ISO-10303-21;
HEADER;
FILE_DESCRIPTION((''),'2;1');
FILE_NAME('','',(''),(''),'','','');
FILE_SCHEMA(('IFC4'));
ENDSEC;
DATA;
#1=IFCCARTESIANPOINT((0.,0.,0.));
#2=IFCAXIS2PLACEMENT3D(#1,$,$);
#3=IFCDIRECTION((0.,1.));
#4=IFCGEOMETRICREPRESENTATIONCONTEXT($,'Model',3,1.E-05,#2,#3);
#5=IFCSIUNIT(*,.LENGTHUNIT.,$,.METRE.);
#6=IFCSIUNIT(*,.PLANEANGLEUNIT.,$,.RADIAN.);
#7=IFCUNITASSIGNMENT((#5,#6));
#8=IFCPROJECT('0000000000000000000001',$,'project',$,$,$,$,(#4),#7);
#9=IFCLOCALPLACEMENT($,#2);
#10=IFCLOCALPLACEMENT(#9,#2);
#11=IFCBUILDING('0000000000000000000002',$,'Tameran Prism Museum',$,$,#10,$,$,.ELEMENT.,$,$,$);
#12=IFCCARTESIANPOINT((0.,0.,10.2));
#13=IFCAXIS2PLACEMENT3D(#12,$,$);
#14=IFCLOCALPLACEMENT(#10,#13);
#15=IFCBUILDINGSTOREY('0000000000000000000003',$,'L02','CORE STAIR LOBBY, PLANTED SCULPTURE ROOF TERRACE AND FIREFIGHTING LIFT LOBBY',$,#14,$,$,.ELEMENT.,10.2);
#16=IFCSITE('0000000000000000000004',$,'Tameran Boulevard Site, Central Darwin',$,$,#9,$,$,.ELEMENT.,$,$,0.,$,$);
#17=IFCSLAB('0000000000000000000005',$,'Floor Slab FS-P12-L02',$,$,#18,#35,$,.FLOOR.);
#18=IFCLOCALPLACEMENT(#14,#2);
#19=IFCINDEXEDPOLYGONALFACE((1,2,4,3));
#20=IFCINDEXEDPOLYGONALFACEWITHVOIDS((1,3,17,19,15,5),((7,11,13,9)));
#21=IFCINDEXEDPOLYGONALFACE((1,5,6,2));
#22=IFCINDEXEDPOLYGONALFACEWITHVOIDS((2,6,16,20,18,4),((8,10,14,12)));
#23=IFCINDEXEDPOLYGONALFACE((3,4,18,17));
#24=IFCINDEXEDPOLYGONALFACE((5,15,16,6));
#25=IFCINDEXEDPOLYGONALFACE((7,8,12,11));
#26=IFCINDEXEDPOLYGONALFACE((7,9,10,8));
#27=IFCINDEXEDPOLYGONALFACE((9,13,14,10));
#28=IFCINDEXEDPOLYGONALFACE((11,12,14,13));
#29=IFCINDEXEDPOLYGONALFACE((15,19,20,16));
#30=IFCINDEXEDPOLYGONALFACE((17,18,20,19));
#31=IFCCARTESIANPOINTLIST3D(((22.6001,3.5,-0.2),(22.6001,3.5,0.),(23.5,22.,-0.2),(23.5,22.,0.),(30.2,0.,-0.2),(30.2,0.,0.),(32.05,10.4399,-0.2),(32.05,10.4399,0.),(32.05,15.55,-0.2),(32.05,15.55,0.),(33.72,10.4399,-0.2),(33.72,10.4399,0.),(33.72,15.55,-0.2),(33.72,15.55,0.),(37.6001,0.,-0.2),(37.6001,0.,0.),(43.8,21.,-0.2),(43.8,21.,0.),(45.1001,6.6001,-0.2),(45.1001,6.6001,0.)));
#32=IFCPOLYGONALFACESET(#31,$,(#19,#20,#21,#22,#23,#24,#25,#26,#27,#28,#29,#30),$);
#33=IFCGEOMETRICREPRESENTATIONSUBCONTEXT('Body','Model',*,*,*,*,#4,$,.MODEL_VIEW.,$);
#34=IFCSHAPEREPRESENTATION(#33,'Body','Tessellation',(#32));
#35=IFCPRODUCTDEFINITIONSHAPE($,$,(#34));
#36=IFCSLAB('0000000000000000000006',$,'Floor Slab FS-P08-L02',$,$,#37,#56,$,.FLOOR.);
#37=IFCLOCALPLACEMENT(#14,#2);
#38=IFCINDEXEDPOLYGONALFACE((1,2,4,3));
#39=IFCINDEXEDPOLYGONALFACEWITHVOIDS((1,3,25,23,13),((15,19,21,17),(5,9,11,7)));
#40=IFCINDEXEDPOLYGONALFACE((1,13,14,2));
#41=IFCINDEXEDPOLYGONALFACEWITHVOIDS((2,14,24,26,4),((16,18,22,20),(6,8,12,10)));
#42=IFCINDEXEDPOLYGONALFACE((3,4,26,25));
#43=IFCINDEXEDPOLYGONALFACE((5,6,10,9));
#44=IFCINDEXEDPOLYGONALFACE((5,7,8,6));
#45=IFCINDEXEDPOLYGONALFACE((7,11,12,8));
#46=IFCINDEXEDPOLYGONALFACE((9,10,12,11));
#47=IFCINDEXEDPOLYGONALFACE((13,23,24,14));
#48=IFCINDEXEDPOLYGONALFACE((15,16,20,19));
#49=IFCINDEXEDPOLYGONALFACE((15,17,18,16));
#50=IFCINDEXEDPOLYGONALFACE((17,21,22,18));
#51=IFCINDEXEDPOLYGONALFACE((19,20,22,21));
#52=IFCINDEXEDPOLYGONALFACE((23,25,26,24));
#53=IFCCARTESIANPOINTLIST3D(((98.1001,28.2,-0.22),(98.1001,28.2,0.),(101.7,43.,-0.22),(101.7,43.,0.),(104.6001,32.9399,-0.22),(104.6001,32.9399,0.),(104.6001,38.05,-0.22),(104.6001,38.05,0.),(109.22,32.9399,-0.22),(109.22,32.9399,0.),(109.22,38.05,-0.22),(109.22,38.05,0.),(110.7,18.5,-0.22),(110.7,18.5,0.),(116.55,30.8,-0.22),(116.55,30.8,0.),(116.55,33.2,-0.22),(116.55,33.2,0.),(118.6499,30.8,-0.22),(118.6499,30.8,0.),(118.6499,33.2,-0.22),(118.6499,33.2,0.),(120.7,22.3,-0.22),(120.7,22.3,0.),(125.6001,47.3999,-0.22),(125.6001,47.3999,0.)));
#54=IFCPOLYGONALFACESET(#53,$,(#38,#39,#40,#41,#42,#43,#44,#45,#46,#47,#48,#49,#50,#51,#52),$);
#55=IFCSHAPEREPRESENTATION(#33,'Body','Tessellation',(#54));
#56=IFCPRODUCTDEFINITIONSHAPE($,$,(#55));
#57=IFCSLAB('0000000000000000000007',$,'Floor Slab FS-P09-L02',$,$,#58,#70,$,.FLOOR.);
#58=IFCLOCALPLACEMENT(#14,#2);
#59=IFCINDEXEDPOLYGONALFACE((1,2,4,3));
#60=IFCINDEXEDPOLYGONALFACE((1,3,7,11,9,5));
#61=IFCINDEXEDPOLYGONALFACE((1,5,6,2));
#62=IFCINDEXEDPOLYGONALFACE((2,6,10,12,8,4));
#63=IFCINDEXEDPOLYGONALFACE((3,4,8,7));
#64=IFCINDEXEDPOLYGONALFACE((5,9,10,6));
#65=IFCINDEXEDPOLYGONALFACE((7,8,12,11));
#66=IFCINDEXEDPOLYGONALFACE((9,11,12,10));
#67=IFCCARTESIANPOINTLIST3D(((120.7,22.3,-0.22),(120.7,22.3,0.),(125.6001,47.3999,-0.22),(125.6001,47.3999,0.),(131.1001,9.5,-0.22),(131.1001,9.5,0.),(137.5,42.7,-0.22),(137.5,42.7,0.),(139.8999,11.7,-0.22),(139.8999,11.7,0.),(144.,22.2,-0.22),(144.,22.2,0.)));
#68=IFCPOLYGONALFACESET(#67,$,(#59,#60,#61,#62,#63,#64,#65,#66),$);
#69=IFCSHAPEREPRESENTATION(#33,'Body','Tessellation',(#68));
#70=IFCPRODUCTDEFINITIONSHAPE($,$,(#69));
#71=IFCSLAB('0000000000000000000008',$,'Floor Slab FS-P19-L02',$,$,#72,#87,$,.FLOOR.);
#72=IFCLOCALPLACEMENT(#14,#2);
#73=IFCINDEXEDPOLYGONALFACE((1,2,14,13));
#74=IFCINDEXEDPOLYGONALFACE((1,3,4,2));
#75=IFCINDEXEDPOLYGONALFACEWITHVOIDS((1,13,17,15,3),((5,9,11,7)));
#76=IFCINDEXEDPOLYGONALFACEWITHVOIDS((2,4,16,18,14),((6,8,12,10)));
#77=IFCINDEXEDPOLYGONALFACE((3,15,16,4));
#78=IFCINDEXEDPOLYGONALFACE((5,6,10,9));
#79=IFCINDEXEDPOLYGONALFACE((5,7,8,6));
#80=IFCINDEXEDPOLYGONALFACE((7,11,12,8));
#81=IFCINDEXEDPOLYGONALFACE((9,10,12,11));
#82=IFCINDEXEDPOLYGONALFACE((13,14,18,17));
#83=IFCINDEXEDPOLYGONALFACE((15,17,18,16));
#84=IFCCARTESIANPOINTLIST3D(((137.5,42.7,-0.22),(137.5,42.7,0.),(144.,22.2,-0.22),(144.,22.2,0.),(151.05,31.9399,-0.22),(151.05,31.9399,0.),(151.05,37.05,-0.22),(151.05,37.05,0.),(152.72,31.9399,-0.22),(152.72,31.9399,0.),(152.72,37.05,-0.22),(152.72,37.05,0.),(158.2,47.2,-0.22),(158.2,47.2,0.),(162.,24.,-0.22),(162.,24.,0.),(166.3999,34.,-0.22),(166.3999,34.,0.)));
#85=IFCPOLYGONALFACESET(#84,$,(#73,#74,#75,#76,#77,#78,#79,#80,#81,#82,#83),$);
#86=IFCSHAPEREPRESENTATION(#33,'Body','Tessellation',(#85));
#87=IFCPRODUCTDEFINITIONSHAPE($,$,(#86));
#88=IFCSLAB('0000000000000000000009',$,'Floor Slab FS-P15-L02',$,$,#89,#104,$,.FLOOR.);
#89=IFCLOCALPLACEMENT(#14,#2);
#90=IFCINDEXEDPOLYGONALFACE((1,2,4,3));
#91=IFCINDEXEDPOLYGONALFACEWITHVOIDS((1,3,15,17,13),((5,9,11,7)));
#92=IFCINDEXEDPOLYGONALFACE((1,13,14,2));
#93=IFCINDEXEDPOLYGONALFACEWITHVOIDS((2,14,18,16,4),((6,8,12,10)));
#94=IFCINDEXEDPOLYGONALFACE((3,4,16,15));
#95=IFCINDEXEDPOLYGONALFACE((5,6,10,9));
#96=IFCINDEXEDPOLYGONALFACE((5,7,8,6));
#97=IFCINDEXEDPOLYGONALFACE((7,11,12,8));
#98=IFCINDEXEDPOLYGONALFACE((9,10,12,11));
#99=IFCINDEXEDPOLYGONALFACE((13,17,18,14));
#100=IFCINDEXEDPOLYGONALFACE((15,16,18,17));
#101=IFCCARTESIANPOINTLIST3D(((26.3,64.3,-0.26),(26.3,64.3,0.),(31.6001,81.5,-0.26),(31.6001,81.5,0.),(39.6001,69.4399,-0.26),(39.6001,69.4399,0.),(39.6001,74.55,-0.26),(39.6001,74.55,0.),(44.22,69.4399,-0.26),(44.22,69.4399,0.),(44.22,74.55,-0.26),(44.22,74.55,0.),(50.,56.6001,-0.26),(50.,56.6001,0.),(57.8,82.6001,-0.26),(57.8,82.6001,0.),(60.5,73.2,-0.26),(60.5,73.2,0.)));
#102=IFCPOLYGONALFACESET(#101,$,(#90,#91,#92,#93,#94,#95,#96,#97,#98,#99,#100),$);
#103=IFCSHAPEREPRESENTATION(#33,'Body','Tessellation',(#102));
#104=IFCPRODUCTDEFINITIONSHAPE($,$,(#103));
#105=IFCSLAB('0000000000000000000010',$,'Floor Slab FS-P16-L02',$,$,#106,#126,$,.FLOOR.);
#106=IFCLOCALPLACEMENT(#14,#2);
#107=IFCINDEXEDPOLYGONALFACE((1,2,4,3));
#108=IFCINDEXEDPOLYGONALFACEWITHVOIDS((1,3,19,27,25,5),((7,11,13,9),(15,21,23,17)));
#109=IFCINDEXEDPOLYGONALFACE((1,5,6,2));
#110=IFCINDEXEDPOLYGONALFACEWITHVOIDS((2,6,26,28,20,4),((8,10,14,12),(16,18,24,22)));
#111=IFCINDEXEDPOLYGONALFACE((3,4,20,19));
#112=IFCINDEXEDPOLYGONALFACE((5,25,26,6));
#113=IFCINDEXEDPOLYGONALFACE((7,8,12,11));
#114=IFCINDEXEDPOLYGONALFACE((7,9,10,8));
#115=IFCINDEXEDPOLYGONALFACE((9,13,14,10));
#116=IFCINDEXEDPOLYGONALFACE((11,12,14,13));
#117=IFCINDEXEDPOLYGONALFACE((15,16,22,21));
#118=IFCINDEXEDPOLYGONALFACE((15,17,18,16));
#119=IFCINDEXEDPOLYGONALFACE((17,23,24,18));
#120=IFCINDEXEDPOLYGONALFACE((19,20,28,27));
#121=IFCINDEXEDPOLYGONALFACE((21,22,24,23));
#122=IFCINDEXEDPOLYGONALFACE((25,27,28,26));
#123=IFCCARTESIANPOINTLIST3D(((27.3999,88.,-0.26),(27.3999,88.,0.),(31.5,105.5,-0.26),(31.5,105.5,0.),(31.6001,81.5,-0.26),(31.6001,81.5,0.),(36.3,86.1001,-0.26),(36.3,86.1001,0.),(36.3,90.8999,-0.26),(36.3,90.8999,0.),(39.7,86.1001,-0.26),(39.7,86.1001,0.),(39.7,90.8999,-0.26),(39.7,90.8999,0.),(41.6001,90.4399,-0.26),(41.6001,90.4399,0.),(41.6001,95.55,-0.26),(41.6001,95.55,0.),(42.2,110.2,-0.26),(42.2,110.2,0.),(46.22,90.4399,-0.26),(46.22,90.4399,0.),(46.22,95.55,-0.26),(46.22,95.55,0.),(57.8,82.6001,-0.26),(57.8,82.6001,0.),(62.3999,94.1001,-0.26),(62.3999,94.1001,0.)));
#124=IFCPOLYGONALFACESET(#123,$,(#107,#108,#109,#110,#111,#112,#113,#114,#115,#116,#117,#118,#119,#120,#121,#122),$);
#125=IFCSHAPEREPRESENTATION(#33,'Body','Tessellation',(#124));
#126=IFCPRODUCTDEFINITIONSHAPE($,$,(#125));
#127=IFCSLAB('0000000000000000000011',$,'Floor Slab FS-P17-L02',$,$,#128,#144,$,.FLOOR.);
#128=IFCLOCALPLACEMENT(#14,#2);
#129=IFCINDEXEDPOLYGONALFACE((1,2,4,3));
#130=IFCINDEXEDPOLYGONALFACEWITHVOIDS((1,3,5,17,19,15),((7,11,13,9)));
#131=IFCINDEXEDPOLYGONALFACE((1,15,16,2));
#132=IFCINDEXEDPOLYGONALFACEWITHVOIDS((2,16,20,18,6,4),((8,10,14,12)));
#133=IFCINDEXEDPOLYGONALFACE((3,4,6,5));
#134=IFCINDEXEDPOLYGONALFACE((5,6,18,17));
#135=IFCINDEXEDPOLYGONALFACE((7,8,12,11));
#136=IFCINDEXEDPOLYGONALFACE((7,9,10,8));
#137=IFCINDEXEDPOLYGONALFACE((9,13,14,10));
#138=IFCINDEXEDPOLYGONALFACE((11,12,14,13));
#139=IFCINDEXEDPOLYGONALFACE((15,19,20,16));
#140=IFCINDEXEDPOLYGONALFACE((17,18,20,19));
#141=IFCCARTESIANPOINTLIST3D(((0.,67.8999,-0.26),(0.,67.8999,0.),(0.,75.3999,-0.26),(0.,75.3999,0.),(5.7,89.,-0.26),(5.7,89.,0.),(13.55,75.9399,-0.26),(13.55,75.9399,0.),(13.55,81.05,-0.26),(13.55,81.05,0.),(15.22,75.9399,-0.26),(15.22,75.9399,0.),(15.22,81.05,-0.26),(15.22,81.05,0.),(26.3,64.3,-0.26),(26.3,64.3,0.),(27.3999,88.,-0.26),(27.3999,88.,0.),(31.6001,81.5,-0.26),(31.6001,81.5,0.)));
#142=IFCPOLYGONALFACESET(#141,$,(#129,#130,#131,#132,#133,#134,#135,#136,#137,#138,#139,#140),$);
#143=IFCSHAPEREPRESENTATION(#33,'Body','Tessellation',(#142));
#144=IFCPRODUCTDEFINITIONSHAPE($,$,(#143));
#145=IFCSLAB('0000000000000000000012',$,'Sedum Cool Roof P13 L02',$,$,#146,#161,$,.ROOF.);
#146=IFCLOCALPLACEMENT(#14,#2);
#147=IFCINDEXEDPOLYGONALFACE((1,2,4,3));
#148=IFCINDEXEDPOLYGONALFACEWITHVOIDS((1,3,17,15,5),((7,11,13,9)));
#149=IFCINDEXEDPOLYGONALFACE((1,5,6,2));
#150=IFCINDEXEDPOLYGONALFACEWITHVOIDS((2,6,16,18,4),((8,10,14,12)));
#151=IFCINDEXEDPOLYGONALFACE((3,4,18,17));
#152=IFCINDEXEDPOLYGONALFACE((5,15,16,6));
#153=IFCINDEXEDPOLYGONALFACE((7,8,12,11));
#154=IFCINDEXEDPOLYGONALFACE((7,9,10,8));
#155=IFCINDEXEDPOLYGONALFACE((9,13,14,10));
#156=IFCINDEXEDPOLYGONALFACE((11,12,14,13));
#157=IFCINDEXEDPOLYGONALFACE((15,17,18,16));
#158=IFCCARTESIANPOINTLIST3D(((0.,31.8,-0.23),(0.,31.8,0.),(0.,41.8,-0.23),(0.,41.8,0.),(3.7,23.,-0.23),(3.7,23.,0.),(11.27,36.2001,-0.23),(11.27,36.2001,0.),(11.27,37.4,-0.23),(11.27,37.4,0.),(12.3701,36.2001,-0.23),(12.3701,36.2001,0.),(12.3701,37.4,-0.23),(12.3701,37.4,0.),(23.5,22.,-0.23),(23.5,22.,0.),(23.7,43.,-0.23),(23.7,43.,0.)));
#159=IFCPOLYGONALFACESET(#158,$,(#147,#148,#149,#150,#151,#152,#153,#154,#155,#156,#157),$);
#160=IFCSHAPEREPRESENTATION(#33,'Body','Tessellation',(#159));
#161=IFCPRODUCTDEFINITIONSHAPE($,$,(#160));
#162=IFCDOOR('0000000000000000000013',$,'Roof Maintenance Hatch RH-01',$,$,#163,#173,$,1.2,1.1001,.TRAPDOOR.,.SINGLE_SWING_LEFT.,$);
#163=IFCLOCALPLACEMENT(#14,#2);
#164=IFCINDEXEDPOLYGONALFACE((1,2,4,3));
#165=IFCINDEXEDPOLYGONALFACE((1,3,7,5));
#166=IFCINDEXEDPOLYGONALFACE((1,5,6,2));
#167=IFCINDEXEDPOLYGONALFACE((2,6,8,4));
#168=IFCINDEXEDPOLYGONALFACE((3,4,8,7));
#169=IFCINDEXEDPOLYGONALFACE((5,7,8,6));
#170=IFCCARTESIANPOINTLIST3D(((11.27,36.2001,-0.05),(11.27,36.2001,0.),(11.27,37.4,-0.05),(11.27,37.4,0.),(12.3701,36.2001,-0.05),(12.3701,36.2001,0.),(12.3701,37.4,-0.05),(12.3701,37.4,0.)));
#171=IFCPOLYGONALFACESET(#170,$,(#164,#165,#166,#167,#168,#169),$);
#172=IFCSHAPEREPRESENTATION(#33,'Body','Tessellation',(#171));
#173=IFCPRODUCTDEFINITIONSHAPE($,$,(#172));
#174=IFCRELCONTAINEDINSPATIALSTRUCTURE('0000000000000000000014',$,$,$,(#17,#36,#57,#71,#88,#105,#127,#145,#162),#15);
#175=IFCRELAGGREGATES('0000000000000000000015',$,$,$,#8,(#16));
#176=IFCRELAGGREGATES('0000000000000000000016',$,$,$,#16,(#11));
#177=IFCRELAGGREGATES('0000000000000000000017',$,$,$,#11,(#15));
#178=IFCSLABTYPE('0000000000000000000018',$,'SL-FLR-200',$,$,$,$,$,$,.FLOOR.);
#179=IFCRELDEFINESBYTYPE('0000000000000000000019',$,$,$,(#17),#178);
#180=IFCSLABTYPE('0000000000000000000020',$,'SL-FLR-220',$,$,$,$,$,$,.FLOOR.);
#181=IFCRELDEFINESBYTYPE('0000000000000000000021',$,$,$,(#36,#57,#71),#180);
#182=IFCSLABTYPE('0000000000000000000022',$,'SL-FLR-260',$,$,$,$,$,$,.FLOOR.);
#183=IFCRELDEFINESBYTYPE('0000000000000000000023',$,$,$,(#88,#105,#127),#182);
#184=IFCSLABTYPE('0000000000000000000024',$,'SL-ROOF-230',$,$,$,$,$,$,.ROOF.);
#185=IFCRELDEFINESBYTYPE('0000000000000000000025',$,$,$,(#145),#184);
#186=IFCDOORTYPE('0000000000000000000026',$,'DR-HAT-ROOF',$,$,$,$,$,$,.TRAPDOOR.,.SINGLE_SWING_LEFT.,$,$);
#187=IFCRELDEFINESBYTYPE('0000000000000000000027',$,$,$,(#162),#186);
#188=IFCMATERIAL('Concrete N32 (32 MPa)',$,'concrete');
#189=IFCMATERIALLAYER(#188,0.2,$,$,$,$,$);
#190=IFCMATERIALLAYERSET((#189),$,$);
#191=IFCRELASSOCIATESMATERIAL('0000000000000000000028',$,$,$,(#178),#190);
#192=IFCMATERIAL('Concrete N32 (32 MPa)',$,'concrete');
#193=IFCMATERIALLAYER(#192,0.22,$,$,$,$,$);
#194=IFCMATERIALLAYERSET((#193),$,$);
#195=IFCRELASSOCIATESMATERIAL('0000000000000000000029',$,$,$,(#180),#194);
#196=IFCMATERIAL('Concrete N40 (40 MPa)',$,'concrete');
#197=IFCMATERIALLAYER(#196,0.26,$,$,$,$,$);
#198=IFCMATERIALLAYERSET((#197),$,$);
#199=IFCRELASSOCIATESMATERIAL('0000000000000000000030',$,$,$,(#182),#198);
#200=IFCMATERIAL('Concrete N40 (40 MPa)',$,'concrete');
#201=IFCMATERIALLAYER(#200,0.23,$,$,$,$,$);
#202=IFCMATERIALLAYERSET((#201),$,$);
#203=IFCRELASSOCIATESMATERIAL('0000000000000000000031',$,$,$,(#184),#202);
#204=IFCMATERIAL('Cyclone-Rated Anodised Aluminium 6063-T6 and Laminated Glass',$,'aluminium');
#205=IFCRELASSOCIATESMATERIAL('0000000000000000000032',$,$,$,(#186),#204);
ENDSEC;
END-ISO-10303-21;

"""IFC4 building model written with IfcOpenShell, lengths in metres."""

from ifc_helpers import new_model, si_unit, direction, frame, origin, origin_2d, place, context, subcontext, project, spatial, polyline, rectangle, outline, extrude, material, layer, layer_set, type_object, element, fill, save


model = new_model("IFC4")

# Units and contexts
model_context = context("Model", 3, precision=1e-05, world=origin(), true_north=direction((0.0, 1.0)))
body_context = subcontext(model_context, "Body", "Model", "MODEL_VIEW")
ifc_project = project(units=[si_unit("LENGTHUNIT", "METRE"), si_unit("PLANEANGLEUNIT", "RADIAN")], contexts=[model_context])

# Site, building, storey
site_placement = place(None, origin())
site = spatial("IfcSite", under=ifc_project, at=site_placement, Name="Tameran Boulevard Site, Central Darwin", CompositionType="ELEMENT", RefElevation=0.0)
building_placement = place(site_placement, origin())
building = spatial("IfcBuilding", under=site, at=building_placement, Name="Tameran Prism Museum", CompositionType="ELEMENT")
storey_placement = place(building_placement, frame((0.0, 0.0, 10.2)))
storey = spatial("IfcBuildingStorey", under=building, at=storey_placement, Name="L02", Description="CORE STAIR LOBBY, PLANTED SCULPTURE ROOF TERRACE AND FIREFIGHTING LIFT LOBBY", CompositionType="ELEMENT", Elevation=10.2)

# Slabs
ifc_material_1 = material(Name="Concrete N32 (32 MPa)", Category="concrete")
ifc_layer_1 = layer(ifc_material_1, 0.2)
ifc_layer_set_1 = layer_set([ifc_layer_1])
slab_type_1 = type_object("IfcSlabType", Name="SL-FLR-200", PredefinedType="FLOOR", material=ifc_layer_set_1)
slab_1_placement = place(storey_placement, frame((0.0, 0.0, -0.2)))
element("IfcSlab", 1, at=slab_1_placement, inside=storey, type_object=slab_type_1, Name="Floor Slab FS-P12-L02", PredefinedType="FLOOR", context=body_context, shape_type="SweptSolid", body=[
    extrude(outline(polyline([(23.5, 22.0), (43.8, 21.0), (45.1001, 6.6001), (37.6001, 0.0), (30.2, 0.0), (22.6001, 3.5), (23.5, 22.0)]), holes=[polyline([(33.72, 15.55), (32.05, 15.55), (32.05, 10.4399), (33.72, 10.4399), (33.72, 15.55)])]), origin(), (0.0, 0.0, 1.0), 0.2),
])
ifc_material_2 = material(Name="Concrete N32 (32 MPa)", Category="concrete")
ifc_layer_2 = layer(ifc_material_2, 0.22)
ifc_layer_set_2 = layer_set([ifc_layer_2])
slab_type_2 = type_object("IfcSlabType", Name="SL-FLR-220", PredefinedType="FLOOR", material=ifc_layer_set_2)
slab_2_placement = place(storey_placement, frame((0.0, 0.0, -0.22)))
element("IfcSlab", 2, at=slab_2_placement, inside=storey, type_object=slab_type_2, Name="Floor Slab FS-P08-L02", PredefinedType="FLOOR", context=body_context, shape_type="SweptSolid", body=[
    extrude(outline(polyline([(101.7, 43.0), (125.6001, 47.3999), (120.7, 22.3), (110.7, 18.5), (98.1001, 28.2), (101.7, 43.0)]), holes=[polyline([(118.6499, 30.8), (118.6499, 33.2), (116.55, 33.2), (116.55, 30.8), (118.6499, 30.8)]), polyline([(109.22, 32.9399), (109.22, 38.05), (104.6001, 38.05), (104.6001, 32.9399), (109.22, 32.9399)])]), origin(), (0.0, 0.0, 1.0), 0.22),
])
slab_3_placement = place(storey_placement, frame((0.0, 0.0, -0.22)))
element("IfcSlab", 3, at=slab_3_placement, inside=storey, type_object=slab_type_2, Name="Floor Slab FS-P09-L02", PredefinedType="FLOOR", context=body_context, shape_type="SweptSolid", body=[
    extrude(outline(polyline([(139.8999, 11.7), (144.0, 22.2), (137.5, 42.7), (125.6001, 47.3999), (120.7, 22.3), (131.1001, 9.5), (139.8999, 11.7)])), origin(), (0.0, 0.0, 1.0), 0.22),
])
slab_4_placement = place(storey_placement, frame((0.0, 0.0, -0.22)))
element("IfcSlab", 4, at=slab_4_placement, inside=storey, type_object=slab_type_2, Name="Floor Slab FS-P19-L02", PredefinedType="FLOOR", context=body_context, shape_type="SweptSolid", body=[
    extrude(outline(polyline([(137.5, 42.7), (158.2, 47.2), (166.3999, 34.0), (162.0, 24.0), (144.0, 22.2), (137.5, 42.7)]), holes=[polyline([(152.72, 37.05), (151.05, 37.05), (151.05, 31.9399), (152.72, 31.9399), (152.72, 37.05)])]), origin(), (0.0, 0.0, 1.0), 0.22),
])
ifc_material_3 = material(Name="Concrete N40 (40 MPa)", Category="concrete")
ifc_layer_3 = layer(ifc_material_3, 0.26)
ifc_layer_set_3 = layer_set([ifc_layer_3])
slab_type_3 = type_object("IfcSlabType", Name="SL-FLR-260", PredefinedType="FLOOR", material=ifc_layer_set_3)
slab_5_placement = place(storey_placement, frame((0.0, 0.0, -0.26)))
element("IfcSlab", 5, at=slab_5_placement, inside=storey, type_object=slab_type_3, Name="Floor Slab FS-P15-L02", PredefinedType="FLOOR", context=body_context, shape_type="SweptSolid", body=[
    extrude(outline(polyline([(26.3, 64.3), (31.6001, 81.5), (57.8, 82.6001), (60.5, 73.2), (50.0, 56.6001), (26.3, 64.3)]), holes=[polyline([(44.22, 74.55), (39.6001, 74.55), (39.6001, 69.4399), (44.22, 69.4399), (44.22, 74.55)])]), origin(), (0.0, 0.0, 1.0), 0.26),
])
slab_6_placement = place(storey_placement, frame((0.0, 0.0, -0.26)))
element("IfcSlab", 6, at=slab_6_placement, inside=storey, type_object=slab_type_3, Name="Floor Slab FS-P16-L02", PredefinedType="FLOOR", context=body_context, shape_type="SweptSolid", body=[
    extrude(outline(polyline([(27.3999, 88.0), (31.5, 105.5), (42.2, 110.2), (62.3999, 94.1001), (57.8, 82.6001), (31.6001, 81.5), (27.3999, 88.0)]), holes=[polyline([(39.7, 86.1001), (39.7, 90.8999), (36.3, 90.8999), (36.3, 86.1001), (39.7, 86.1001)]), polyline([(46.22, 90.4399), (46.22, 95.55), (41.6001, 95.55), (41.6001, 90.4399), (46.22, 90.4399)])]), origin(), (0.0, 0.0, 1.0), 0.26),
])
slab_7_placement = place(storey_placement, frame((0.0, 0.0, -0.26)))
element("IfcSlab", 7, at=slab_7_placement, inside=storey, type_object=slab_type_3, Name="Floor Slab FS-P17-L02", PredefinedType="FLOOR", context=body_context, shape_type="SweptSolid", body=[
    extrude(outline(polyline([(5.7, 89.0), (27.3999, 88.0), (31.6001, 81.5), (26.3, 64.3), (0.0, 67.8999), (0.0, 75.3999), (5.7, 89.0)]), holes=[polyline([(15.22, 81.05), (13.55, 81.05), (13.55, 75.9399), (15.22, 75.9399), (15.22, 81.05)])]), origin(), (0.0, 0.0, 1.0), 0.26),
])

# Slab, opening, door
ifc_material_4 = material(Name="Concrete N40 (40 MPa)", Category="concrete")
ifc_layer_4 = layer(ifc_material_4, 0.23)
ifc_layer_set_4 = layer_set([ifc_layer_4])
slab_type_4 = type_object("IfcSlabType", Name="SL-ROOF-230", PredefinedType="ROOF", material=ifc_layer_set_4)
slab_8_placement = place(storey_placement, frame((0.0, 0.0, -0.23)))
slab_8 = element("IfcSlab", 8, at=slab_8_placement, inside=storey, type_object=slab_type_4, Name="Sedum Cool Roof P13 L02", PredefinedType="ROOF", context=body_context, shape_type="SweptSolid", body=[
    extrude(outline(polyline([(23.7, 43.0), (0.0, 41.8), (0.0, 31.8), (3.7, 23.0), (23.5, 22.0), (23.7, 43.0)])), origin(), (0.0, 0.0, 1.0), 0.23),
])
opening_placement = place(slab_8_placement, frame((11.8201, 36.8, 0.0)))
opening = element("IfcOpeningElement", 9, at=opening_placement, cuts=slab_8, PredefinedType="OPENING", context=body_context, shape_type="SweptSolid", body=[
    extrude(rectangle(XDim=1.1001, YDim=1.2, at=origin_2d()), frame((0.0, 0.0, -0.01)), (0.0, 0.0, 1.0), 0.25),
])
ifc_material_5 = material(Name="Cyclone-Rated Anodised Aluminium 6063-T6 and Laminated Glass", Category="aluminium")
door_type = type_object("IfcDoorType", Name="DR-HAT-ROOF", OperationType="SINGLE_SWING_LEFT", PredefinedType="TRAPDOOR", material=ifc_material_5)
door_placement = place(opening_placement, frame((0.0, 0.0, 0.1799)))
door = element("IfcDoor", 10, at=door_placement, inside=storey, type_object=door_type, Name="Roof Maintenance Hatch RH-01", OperationType="SINGLE_SWING_LEFT", OverallHeight=1.2, OverallWidth=1.1001, PredefinedType="TRAPDOOR", context=body_context, shape_type="SweptSolid", body=[
    extrude(rectangle(XDim=1.1001, YDim=1.2, at=origin_2d()), origin(), (0.0, 0.0, 1.0), 0.05),
])
fill(opening, door)

save(model, "model.ifc")
